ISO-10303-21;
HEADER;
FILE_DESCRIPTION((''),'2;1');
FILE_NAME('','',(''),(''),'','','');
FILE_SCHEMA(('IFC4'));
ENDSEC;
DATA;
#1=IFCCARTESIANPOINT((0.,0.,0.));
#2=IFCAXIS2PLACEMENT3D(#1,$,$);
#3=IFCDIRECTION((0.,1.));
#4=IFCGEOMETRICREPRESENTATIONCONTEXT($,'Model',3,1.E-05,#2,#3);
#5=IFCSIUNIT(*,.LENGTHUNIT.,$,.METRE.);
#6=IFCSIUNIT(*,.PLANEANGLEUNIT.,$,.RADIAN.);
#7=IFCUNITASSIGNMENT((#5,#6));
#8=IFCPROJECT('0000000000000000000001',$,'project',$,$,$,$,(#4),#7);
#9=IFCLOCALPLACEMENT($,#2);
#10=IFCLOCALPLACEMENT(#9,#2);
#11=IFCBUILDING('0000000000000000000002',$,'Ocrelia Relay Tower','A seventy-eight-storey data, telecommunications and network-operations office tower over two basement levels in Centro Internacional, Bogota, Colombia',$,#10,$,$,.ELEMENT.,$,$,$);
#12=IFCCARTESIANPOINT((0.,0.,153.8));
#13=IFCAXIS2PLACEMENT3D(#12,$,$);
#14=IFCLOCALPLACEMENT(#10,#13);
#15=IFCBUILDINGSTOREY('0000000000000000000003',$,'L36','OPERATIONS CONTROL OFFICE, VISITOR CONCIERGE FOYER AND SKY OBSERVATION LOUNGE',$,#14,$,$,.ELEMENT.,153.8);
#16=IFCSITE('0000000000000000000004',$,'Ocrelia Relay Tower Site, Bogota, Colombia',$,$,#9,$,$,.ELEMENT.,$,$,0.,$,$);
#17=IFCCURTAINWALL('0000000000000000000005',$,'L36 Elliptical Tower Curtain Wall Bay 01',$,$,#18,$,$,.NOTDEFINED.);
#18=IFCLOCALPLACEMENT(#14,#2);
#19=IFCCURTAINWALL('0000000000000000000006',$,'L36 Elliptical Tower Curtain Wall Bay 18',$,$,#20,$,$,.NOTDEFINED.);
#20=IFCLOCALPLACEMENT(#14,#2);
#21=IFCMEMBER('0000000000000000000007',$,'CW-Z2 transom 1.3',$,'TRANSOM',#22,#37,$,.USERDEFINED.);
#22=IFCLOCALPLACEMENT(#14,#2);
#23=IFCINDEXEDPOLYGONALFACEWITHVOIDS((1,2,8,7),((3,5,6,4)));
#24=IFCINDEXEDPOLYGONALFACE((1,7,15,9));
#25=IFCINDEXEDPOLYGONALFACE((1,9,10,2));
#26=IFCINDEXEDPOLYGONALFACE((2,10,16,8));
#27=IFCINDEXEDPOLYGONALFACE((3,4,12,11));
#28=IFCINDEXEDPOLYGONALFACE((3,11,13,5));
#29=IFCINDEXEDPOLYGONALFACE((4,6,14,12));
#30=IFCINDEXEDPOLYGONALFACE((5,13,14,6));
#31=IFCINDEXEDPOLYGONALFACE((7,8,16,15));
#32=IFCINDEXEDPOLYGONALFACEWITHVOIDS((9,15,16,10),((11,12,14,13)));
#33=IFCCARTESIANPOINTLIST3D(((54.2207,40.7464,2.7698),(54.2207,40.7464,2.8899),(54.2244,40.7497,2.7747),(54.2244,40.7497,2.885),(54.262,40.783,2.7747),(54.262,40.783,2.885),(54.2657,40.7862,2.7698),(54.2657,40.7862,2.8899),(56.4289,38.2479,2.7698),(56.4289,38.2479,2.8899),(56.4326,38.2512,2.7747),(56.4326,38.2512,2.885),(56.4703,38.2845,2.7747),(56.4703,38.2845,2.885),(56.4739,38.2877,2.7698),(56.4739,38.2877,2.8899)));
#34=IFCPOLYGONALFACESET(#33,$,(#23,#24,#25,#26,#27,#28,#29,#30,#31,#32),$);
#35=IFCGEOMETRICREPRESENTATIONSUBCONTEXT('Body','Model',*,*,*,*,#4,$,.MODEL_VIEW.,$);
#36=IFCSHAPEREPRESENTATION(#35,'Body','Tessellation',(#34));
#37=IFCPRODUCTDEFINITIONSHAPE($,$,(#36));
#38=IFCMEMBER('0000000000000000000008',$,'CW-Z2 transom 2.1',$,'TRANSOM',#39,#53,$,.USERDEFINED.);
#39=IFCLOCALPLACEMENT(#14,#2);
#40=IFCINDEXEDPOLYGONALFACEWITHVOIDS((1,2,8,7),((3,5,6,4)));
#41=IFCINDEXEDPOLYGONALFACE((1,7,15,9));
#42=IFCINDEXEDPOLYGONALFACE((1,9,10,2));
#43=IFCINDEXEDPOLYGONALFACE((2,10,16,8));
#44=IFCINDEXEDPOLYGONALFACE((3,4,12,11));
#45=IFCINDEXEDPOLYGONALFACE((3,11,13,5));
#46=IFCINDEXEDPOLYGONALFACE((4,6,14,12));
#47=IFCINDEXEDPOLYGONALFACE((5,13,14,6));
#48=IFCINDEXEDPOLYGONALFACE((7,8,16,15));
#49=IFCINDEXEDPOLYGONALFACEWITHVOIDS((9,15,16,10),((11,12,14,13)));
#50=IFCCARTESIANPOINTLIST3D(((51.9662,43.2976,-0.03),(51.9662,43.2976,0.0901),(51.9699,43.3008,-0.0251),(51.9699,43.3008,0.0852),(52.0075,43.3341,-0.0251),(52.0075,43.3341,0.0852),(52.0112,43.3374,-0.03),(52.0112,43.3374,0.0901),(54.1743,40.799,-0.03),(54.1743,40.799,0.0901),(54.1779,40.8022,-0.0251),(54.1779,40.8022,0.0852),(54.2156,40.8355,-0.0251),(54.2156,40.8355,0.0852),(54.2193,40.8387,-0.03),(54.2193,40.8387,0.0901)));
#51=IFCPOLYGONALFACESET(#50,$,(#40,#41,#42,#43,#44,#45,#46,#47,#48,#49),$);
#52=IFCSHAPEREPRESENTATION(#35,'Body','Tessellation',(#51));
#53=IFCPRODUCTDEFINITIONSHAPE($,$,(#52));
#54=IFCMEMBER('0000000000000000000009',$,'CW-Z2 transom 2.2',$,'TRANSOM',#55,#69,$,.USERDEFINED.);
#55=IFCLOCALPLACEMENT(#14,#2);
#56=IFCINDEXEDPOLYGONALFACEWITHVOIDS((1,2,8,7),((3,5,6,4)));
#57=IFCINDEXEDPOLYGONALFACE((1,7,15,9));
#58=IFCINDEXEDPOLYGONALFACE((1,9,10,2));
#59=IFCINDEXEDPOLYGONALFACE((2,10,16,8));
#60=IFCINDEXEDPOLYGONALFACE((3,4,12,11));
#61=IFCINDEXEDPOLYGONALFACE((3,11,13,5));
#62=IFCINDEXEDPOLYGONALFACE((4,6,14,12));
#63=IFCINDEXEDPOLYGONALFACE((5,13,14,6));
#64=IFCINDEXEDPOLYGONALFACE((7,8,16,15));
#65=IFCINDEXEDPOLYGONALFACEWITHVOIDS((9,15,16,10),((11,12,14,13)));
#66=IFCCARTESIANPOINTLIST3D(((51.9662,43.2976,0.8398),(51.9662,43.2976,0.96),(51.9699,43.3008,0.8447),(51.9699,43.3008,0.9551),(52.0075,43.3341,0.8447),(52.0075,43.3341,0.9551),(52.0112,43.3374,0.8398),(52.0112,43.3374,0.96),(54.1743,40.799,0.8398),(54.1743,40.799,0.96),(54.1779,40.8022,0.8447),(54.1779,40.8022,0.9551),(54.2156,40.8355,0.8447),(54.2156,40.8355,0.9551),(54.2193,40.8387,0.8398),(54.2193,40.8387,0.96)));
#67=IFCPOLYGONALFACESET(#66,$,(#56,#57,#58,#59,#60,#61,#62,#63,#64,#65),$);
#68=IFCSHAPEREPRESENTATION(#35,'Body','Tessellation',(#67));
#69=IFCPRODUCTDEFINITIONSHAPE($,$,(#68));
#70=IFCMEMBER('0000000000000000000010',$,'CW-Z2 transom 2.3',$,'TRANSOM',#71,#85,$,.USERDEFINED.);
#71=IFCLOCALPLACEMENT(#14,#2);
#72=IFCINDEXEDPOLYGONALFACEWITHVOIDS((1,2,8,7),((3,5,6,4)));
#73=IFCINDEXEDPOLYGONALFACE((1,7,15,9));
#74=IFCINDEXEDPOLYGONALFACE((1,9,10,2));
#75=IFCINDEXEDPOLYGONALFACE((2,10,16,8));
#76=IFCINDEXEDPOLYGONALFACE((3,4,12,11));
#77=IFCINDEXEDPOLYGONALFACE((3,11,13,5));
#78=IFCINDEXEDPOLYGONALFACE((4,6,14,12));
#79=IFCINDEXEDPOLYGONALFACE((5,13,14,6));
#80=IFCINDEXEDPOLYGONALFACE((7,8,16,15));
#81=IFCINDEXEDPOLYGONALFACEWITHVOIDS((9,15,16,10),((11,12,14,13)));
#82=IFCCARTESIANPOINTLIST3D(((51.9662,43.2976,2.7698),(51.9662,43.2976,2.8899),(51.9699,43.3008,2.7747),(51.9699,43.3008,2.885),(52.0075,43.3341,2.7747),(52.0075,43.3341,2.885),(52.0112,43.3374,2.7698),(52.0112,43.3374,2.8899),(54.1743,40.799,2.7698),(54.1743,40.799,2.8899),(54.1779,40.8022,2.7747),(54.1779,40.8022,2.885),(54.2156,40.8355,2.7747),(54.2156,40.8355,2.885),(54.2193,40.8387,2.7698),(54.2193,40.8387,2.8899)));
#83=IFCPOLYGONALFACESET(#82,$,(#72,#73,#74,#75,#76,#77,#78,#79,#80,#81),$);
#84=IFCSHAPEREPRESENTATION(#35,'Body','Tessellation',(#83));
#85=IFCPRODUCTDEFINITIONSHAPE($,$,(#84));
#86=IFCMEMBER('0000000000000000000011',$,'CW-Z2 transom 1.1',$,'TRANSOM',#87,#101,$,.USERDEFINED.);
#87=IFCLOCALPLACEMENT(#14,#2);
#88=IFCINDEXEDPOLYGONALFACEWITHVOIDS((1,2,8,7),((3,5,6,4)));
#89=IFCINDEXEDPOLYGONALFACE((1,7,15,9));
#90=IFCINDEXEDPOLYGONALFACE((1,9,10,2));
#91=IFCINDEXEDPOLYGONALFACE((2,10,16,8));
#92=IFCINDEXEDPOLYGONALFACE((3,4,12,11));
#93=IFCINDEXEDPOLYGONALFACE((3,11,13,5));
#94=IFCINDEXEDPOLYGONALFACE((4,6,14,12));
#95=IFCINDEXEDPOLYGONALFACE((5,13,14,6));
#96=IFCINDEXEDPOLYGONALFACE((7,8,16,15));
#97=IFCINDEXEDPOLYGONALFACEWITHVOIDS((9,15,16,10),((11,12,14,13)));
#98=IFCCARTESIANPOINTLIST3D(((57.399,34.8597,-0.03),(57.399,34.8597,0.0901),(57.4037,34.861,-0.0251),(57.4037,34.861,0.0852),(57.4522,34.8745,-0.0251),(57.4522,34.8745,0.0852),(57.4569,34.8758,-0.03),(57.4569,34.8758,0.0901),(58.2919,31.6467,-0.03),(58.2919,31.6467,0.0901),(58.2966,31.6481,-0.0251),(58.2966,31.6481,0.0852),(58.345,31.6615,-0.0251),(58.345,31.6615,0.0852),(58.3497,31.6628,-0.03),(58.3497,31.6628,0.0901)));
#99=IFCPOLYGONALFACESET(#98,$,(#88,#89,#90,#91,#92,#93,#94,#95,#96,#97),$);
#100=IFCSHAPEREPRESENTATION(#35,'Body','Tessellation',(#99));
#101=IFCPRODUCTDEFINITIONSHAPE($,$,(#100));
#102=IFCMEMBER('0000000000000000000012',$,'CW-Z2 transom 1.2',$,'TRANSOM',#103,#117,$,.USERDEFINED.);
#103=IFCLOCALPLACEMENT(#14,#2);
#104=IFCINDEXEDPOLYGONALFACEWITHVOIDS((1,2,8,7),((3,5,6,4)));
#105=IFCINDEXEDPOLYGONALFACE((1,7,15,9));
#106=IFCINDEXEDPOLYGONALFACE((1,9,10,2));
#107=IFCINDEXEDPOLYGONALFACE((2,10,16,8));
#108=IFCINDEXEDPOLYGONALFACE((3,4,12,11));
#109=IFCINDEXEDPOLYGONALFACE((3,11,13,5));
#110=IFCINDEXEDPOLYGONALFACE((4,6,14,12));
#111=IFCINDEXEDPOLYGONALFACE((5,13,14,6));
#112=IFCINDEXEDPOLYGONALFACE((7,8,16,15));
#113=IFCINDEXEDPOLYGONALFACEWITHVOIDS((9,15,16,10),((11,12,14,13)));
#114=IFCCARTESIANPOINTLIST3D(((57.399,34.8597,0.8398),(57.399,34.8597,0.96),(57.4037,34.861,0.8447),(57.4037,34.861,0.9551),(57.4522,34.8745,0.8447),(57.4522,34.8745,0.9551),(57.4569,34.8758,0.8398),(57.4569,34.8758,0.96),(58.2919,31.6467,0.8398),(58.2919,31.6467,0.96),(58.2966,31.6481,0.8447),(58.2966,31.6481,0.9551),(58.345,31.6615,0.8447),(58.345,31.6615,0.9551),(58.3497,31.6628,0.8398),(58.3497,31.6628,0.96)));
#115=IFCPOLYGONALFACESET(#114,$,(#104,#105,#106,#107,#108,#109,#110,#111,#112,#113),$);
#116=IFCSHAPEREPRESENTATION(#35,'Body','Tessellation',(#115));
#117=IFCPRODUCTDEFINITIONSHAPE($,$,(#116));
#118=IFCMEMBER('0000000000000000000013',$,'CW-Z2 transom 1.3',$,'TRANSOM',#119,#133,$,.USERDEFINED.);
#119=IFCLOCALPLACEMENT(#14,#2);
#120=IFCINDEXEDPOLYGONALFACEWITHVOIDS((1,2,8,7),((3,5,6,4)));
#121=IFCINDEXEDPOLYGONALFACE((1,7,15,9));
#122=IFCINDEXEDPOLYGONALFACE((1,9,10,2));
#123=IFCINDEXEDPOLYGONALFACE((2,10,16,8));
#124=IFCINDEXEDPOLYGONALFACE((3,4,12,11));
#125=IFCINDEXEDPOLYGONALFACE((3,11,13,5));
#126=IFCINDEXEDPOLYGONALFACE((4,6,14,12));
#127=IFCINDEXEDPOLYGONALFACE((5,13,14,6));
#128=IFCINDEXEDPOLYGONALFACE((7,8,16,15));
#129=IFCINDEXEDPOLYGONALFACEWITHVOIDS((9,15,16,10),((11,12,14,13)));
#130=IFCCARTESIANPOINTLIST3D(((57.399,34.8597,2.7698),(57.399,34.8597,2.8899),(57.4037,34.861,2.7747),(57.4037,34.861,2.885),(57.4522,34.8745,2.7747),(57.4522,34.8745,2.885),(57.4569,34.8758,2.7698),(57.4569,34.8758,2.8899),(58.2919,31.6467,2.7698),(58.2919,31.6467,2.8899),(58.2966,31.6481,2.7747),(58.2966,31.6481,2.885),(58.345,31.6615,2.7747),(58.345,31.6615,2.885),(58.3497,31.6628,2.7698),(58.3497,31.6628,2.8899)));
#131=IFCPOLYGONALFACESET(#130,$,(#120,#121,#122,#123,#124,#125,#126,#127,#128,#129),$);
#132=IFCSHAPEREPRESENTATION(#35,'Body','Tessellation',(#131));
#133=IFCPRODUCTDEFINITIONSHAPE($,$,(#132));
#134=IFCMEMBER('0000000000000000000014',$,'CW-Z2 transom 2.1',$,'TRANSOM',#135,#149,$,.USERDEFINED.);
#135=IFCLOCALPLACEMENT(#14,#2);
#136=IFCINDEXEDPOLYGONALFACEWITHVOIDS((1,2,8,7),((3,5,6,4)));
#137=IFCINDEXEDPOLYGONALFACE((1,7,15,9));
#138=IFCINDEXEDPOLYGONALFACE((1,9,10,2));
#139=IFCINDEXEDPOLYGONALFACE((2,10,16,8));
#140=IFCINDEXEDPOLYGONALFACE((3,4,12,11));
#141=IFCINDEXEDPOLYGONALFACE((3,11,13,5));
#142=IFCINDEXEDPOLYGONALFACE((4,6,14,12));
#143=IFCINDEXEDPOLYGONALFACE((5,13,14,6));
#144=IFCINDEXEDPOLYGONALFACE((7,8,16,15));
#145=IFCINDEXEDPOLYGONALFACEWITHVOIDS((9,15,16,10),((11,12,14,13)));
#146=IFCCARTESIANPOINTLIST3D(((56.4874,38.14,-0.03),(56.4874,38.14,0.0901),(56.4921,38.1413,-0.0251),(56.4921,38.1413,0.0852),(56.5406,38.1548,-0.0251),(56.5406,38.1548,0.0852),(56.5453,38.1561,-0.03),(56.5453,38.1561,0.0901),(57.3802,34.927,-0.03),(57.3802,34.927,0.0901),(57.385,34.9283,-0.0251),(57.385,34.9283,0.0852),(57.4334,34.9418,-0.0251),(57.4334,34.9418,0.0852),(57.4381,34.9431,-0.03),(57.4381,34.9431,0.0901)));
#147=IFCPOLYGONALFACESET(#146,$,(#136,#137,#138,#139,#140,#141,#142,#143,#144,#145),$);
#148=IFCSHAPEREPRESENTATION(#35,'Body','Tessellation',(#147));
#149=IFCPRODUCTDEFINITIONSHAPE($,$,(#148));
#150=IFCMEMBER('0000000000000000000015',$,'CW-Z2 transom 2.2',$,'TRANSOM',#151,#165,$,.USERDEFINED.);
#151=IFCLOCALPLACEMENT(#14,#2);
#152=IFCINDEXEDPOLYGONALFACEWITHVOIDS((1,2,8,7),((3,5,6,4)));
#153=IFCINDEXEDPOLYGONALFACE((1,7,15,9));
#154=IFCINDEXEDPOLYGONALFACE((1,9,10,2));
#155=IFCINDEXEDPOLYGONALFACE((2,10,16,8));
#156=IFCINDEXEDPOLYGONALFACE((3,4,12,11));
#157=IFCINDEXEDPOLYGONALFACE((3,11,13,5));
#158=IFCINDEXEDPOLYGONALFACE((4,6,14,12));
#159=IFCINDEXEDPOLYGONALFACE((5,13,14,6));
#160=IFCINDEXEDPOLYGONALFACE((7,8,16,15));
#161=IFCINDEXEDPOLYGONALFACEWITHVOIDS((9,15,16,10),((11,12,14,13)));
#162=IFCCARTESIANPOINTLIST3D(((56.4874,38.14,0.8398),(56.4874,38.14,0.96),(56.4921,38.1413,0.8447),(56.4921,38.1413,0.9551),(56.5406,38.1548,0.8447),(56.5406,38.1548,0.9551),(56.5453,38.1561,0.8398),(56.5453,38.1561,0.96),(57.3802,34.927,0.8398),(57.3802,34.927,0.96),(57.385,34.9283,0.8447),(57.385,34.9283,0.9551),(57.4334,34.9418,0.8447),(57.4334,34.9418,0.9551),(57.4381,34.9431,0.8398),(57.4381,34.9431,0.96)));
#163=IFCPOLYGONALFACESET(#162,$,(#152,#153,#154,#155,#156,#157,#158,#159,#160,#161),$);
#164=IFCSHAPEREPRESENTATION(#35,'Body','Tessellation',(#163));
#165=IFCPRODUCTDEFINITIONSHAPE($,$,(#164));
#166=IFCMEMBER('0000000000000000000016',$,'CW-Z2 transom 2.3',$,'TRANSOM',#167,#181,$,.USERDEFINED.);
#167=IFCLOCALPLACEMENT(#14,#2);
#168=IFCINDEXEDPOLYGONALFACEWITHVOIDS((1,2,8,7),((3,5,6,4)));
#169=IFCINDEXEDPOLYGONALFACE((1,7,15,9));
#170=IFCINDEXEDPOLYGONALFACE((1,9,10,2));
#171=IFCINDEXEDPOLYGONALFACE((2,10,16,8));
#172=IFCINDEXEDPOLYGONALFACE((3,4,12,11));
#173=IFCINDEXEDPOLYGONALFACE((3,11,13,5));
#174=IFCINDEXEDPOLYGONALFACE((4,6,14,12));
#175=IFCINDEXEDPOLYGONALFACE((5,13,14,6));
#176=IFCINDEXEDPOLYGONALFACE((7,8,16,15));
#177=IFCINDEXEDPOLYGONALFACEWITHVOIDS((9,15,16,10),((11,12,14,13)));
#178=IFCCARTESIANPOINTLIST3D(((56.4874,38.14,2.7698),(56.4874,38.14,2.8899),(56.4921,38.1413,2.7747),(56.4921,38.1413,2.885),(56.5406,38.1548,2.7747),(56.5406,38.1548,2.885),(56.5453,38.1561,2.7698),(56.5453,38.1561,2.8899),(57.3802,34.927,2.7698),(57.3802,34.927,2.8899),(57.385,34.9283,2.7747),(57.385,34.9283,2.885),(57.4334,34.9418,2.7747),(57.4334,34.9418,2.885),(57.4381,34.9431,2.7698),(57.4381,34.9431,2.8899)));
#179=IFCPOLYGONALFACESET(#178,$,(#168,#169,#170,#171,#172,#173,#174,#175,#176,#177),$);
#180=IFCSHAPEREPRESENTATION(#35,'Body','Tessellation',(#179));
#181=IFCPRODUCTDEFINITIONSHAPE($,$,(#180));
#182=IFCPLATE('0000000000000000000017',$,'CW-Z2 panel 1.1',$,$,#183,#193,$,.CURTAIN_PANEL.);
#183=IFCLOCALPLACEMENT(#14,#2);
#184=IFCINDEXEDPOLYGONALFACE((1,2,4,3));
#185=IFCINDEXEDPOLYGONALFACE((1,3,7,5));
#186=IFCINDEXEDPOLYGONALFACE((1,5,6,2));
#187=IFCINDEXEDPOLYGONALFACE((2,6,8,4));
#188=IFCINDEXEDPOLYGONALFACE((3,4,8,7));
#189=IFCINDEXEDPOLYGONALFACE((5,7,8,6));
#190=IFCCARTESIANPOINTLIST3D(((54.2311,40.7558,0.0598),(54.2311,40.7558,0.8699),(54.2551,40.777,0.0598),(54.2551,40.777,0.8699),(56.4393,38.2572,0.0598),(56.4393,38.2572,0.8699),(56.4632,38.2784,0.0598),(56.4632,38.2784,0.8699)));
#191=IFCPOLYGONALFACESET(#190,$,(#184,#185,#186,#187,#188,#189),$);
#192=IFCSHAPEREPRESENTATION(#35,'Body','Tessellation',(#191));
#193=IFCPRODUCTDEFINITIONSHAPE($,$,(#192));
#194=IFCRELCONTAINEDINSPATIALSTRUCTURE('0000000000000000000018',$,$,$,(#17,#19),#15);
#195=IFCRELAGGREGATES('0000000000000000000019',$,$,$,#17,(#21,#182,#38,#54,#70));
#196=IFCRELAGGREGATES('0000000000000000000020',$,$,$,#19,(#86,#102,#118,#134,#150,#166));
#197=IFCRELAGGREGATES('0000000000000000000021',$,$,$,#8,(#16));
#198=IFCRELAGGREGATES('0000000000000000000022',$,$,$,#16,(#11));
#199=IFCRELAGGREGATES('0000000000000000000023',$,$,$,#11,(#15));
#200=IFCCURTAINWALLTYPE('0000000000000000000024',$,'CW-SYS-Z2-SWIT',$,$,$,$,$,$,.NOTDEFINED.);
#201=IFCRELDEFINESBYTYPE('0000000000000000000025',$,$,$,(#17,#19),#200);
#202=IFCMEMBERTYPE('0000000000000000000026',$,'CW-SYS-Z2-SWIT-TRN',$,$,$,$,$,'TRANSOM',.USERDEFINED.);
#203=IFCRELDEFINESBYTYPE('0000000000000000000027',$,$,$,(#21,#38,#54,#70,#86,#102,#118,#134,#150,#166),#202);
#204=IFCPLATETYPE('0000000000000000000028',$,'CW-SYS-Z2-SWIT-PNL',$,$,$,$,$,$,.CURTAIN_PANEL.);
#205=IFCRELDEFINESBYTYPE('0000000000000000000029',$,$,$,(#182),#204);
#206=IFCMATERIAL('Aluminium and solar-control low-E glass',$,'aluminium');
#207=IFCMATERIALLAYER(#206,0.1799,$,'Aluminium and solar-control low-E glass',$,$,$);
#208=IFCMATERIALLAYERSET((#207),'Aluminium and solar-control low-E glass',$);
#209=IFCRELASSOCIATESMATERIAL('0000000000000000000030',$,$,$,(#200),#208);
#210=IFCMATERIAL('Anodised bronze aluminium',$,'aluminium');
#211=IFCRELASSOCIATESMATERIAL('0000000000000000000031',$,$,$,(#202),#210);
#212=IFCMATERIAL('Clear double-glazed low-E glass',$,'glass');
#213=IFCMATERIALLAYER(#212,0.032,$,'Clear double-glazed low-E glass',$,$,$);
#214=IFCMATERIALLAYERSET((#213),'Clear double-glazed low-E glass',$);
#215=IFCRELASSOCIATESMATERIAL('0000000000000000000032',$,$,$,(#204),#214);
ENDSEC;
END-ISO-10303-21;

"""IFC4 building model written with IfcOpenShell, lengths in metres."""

from ifc_helpers import new_model, si_unit, direction, frame, origin, origin_2d, place, context, subcontext, project, spatial, rectangle, hollow_rectangle, extrude, material, layer, layer_set, material_profile, profile_set, type_object, element, aggregate, save


model = new_model("IFC4")

# Units and contexts
model_context = context("Model", 3, precision=1e-05, world=origin(), true_north=direction((0.0, 1.0)))
body_context = subcontext(model_context, "Body", "Model", "MODEL_VIEW")
ifc_project = project(units=[si_unit("LENGTHUNIT", "METRE"), si_unit("PLANEANGLEUNIT", "RADIAN")], contexts=[model_context])

# Site, building, storey
site_placement = place(None, origin())
site = spatial("IfcSite", under=ifc_project, at=site_placement, Name="Ocrelia Relay Tower Site, Bogota, Colombia", CompositionType="ELEMENT", RefElevation=0.0)
building_placement = place(site_placement, origin())
building = spatial("IfcBuilding", under=site, at=building_placement, Name="Ocrelia Relay Tower", Description="A seventy-eight-storey data, telecommunications and network-operations office tower over two basement levels in Centro Internacional, Bogota, Colombia", CompositionType="ELEMENT")
storey_placement = place(building_placement, frame((0.0, 0.0, 153.8)))
storey = spatial("IfcBuildingStorey", under=building, at=storey_placement, Name="L36", Description="OPERATIONS CONTROL OFFICE, VISITOR CONCIERGE FOYER AND SKY OBSERVATION LOUNGE", CompositionType="ELEMENT", Elevation=153.8)

# Curtain walls
ifc_material_1 = material(Name="Aluminium and solar-control low-E glass", Category="aluminium")
ifc_layer_1 = layer(ifc_material_1, 0.1799, Name="Aluminium and solar-control low-E glass")
ifc_layer_set_1 = layer_set([ifc_layer_1], Name="Aluminium and solar-control low-E glass")
curtain_wall_type = type_object("IfcCurtainWallType", Name="CW-SYS-Z2-SWIT", PredefinedType="NOTDEFINED", material=ifc_layer_set_1)
curtain_wall_1_placement = place(storey_placement, origin())
curtain_wall_1 = element("IfcCurtainWall", 1, at=curtain_wall_1_placement, inside=storey, type_object=curtain_wall_type, Name="L36 Elliptical Tower Curtain Wall Bay 01", PredefinedType="NOTDEFINED")
ifc_material_2 = material(Name="Anodised bronze aluminium", Category="aluminium")
curtain_wall_2_placement = place(storey_placement, origin())
curtain_wall_2 = element("IfcCurtainWall", 2, at=curtain_wall_2_placement, inside=storey, type_object=curtain_wall_type, Name="L36 Elliptical Tower Curtain Wall Bay 18", PredefinedType="NOTDEFINED")

# Members
ifc_material_profile_1 = material_profile(ifc_material_2, hollow_rectangle(XDim=0.0601, YDim=0.1201, WallThickness=0.0049, at=origin_2d()), Name="CW-TRN-120x60")
ifc_profile_set_1 = profile_set([ifc_material_profile_1], Name="Anodised bronze aluminium")
member_type_1 = type_object("IfcMemberType", Name="CW-SYS-Z2-SWIT-TRN", ElementType="TRANSOM", PredefinedType="USERDEFINED", material=ifc_profile_set_1)
member_1_placement = place(storey_placement, frame((56.4514, 38.2678, 2.8298), z_axis=(-0.662239, 0.749293, 0.0), x_axis=(-0.749293, -0.662239, 0.0)))
member_1 = element("IfcMember", 3, at=member_1_placement, type_object=member_type_1, Name="CW-Z2 transom 1.3", ObjectType="TRANSOM", PredefinedType="USERDEFINED", context=body_context, shape_type="SweptSolid", body=[
    extrude(hollow_rectangle(XDim=0.0601, YDim=0.1201, WallThickness=0.0049, at=origin_2d()), origin(), (0.0, 0.0, 1.0), 3.3345),
])
member_2_placement = place(storey_placement, frame((54.1968, 40.8188, 0.03), z_axis=(-0.662198, 0.749329, 0.0), x_axis=(-0.749329, -0.662198, 0.0)))
member_2 = element("IfcMember", 4, at=member_2_placement, type_object=member_type_1, Name="CW-Z2 transom 2.1", ObjectType="TRANSOM", PredefinedType="USERDEFINED", context=body_context, shape_type="SweptSolid", body=[
    extrude(hollow_rectangle(XDim=0.0601, YDim=0.1201, WallThickness=0.0049, at=origin_2d()), origin(), (0.0, 0.0, 1.0), 3.3345),
])
member_3_placement = place(storey_placement, frame((54.1968, 40.8188, 0.8999), z_axis=(-0.662198, 0.749329, 0.0), x_axis=(-0.749329, -0.662198, 0.0)))
member_3 = element("IfcMember", 5, at=member_3_placement, type_object=member_type_1, Name="CW-Z2 transom 2.2", ObjectType="TRANSOM", PredefinedType="USERDEFINED", context=body_context, shape_type="SweptSolid", body=[
    extrude(hollow_rectangle(XDim=0.0601, YDim=0.1201, WallThickness=0.0049, at=origin_2d()), origin(), (0.0, 0.0, 1.0), 3.3345),
])
member_4_placement = place(storey_placement, frame((54.1968, 40.8188, 2.8298), z_axis=(-0.662198, 0.749329, 0.0), x_axis=(-0.749329, -0.662198, 0.0)))
member_4 = element("IfcMember", 6, at=member_4_placement, type_object=member_type_1, Name="CW-Z2 transom 2.3", ObjectType="TRANSOM", PredefinedType="USERDEFINED", context=body_context, shape_type="SweptSolid", body=[
    extrude(hollow_rectangle(XDim=0.0601, YDim=0.1201, WallThickness=0.0049, at=origin_2d()), origin(), (0.0, 0.0, 1.0), 3.3345),
])
member_5_placement = place(storey_placement, frame((58.3208, 31.6548, 0.03), z_axis=(-0.267742, 0.963491, 0.0), x_axis=(-0.963491, -0.267742, 0.0)))
member_5 = element("IfcMember", 7, at=member_5_placement, type_object=member_type_1, Name="CW-Z2 transom 1.1", ObjectType="TRANSOM", PredefinedType="USERDEFINED", context=body_context, shape_type="SweptSolid", body=[
    extrude(hollow_rectangle(XDim=0.0601, YDim=0.1201, WallThickness=0.0049, at=origin_2d()), origin(), (0.0, 0.0, 1.0), 3.3347),
])
member_6_placement = place(storey_placement, frame((58.3208, 31.6548, 0.8999), z_axis=(-0.267742, 0.963491, 0.0), x_axis=(-0.963491, -0.267742, 0.0)))
member_6 = element("IfcMember", 8, at=member_6_placement, type_object=member_type_1, Name="CW-Z2 transom 1.2", ObjectType="TRANSOM", PredefinedType="USERDEFINED", context=body_context, shape_type="SweptSolid", body=[
    extrude(hollow_rectangle(XDim=0.0601, YDim=0.1201, WallThickness=0.0049, at=origin_2d()), origin(), (0.0, 0.0, 1.0), 3.3347),
])
member_7_placement = place(storey_placement, frame((58.3208, 31.6548, 2.8298), z_axis=(-0.267742, 0.963491, 0.0), x_axis=(-0.963491, -0.267742, 0.0)))
member_7 = element("IfcMember", 9, at=member_7_placement, type_object=member_type_1, Name="CW-Z2 transom 1.3", ObjectType="TRANSOM", PredefinedType="USERDEFINED", context=body_context, shape_type="SweptSolid", body=[
    extrude(hollow_rectangle(XDim=0.0601, YDim=0.1201, WallThickness=0.0049, at=origin_2d()), origin(), (0.0, 0.0, 1.0), 3.3347),
])
member_8_placement = place(storey_placement, frame((57.4092, 34.9351, 0.03), z_axis=(-0.267742, 0.963491, 0.0), x_axis=(-0.963491, -0.267742, 0.0)))
member_8 = element("IfcMember", 10, at=member_8_placement, type_object=member_type_1, Name="CW-Z2 transom 2.1", ObjectType="TRANSOM", PredefinedType="USERDEFINED", context=body_context, shape_type="SweptSolid", body=[
    extrude(hollow_rectangle(XDim=0.0601, YDim=0.1201, WallThickness=0.0049, at=origin_2d()), origin(), (0.0, 0.0, 1.0), 3.3347),
])
member_9_placement = place(storey_placement, frame((57.4092, 34.9351, 0.8999), z_axis=(-0.267742, 0.963491, 0.0), x_axis=(-0.963491, -0.267742, 0.0)))
member_9 = element("IfcMember", 11, at=member_9_placement, type_object=member_type_1, Name="CW-Z2 transom 2.2", ObjectType="TRANSOM", PredefinedType="USERDEFINED", context=body_context, shape_type="SweptSolid", body=[
    extrude(hollow_rectangle(XDim=0.0601, YDim=0.1201, WallThickness=0.0049, at=origin_2d()), origin(), (0.0, 0.0, 1.0), 3.3347),
])
member_10_placement = place(storey_placement, frame((57.4092, 34.9351, 2.8298), z_axis=(-0.267742, 0.963491, 0.0), x_axis=(-0.963491, -0.267742, 0.0)))
member_10 = element("IfcMember", 12, at=member_10_placement, type_object=member_type_1, Name="CW-Z2 transom 2.3", ObjectType="TRANSOM", PredefinedType="USERDEFINED", context=body_context, shape_type="SweptSolid", body=[
    extrude(hollow_rectangle(XDim=0.0601, YDim=0.1201, WallThickness=0.0049, at=origin_2d()), origin(), (0.0, 0.0, 1.0), 3.3347),
])

# Plate
ifc_material_3 = material(Name="Clear double-glazed low-E glass", Category="glass")
ifc_layer_2 = layer(ifc_material_3, 0.032, Name="Clear double-glazed low-E glass")
ifc_layer_set_2 = layer_set([ifc_layer_2], Name="Clear double-glazed low-E glass")
plate_type = type_object("IfcPlateType", Name="CW-SYS-Z2-SWIT-PNL", PredefinedType="CURTAIN_PANEL", material=ifc_layer_set_2)
plate_1_placement = place(storey_placement, frame((55.3472, 39.5171, 0.0598), z_axis=(0.0, 0.0, 1.0), x_axis=(-0.662219, 0.74931, 0.0)))
plate_1 = element("IfcPlate", 13, at=plate_1_placement, type_object=plate_type, Name="CW-Z2 panel 1.1", PredefinedType="CURTAIN_PANEL", context=body_context, shape_type="SweptSolid", body=[
    extrude(rectangle(XDim=3.3345, YDim=0.032, at=origin_2d()), origin(), (0.0, 0.0, 1.0), 0.8101),
])
aggregate(curtain_wall_1, [member_1, plate_1, member_2, member_3, member_4])
aggregate(curtain_wall_2, [member_5, member_6, member_7, member_8, member_9, member_10])

save(model, "model.ifc")
